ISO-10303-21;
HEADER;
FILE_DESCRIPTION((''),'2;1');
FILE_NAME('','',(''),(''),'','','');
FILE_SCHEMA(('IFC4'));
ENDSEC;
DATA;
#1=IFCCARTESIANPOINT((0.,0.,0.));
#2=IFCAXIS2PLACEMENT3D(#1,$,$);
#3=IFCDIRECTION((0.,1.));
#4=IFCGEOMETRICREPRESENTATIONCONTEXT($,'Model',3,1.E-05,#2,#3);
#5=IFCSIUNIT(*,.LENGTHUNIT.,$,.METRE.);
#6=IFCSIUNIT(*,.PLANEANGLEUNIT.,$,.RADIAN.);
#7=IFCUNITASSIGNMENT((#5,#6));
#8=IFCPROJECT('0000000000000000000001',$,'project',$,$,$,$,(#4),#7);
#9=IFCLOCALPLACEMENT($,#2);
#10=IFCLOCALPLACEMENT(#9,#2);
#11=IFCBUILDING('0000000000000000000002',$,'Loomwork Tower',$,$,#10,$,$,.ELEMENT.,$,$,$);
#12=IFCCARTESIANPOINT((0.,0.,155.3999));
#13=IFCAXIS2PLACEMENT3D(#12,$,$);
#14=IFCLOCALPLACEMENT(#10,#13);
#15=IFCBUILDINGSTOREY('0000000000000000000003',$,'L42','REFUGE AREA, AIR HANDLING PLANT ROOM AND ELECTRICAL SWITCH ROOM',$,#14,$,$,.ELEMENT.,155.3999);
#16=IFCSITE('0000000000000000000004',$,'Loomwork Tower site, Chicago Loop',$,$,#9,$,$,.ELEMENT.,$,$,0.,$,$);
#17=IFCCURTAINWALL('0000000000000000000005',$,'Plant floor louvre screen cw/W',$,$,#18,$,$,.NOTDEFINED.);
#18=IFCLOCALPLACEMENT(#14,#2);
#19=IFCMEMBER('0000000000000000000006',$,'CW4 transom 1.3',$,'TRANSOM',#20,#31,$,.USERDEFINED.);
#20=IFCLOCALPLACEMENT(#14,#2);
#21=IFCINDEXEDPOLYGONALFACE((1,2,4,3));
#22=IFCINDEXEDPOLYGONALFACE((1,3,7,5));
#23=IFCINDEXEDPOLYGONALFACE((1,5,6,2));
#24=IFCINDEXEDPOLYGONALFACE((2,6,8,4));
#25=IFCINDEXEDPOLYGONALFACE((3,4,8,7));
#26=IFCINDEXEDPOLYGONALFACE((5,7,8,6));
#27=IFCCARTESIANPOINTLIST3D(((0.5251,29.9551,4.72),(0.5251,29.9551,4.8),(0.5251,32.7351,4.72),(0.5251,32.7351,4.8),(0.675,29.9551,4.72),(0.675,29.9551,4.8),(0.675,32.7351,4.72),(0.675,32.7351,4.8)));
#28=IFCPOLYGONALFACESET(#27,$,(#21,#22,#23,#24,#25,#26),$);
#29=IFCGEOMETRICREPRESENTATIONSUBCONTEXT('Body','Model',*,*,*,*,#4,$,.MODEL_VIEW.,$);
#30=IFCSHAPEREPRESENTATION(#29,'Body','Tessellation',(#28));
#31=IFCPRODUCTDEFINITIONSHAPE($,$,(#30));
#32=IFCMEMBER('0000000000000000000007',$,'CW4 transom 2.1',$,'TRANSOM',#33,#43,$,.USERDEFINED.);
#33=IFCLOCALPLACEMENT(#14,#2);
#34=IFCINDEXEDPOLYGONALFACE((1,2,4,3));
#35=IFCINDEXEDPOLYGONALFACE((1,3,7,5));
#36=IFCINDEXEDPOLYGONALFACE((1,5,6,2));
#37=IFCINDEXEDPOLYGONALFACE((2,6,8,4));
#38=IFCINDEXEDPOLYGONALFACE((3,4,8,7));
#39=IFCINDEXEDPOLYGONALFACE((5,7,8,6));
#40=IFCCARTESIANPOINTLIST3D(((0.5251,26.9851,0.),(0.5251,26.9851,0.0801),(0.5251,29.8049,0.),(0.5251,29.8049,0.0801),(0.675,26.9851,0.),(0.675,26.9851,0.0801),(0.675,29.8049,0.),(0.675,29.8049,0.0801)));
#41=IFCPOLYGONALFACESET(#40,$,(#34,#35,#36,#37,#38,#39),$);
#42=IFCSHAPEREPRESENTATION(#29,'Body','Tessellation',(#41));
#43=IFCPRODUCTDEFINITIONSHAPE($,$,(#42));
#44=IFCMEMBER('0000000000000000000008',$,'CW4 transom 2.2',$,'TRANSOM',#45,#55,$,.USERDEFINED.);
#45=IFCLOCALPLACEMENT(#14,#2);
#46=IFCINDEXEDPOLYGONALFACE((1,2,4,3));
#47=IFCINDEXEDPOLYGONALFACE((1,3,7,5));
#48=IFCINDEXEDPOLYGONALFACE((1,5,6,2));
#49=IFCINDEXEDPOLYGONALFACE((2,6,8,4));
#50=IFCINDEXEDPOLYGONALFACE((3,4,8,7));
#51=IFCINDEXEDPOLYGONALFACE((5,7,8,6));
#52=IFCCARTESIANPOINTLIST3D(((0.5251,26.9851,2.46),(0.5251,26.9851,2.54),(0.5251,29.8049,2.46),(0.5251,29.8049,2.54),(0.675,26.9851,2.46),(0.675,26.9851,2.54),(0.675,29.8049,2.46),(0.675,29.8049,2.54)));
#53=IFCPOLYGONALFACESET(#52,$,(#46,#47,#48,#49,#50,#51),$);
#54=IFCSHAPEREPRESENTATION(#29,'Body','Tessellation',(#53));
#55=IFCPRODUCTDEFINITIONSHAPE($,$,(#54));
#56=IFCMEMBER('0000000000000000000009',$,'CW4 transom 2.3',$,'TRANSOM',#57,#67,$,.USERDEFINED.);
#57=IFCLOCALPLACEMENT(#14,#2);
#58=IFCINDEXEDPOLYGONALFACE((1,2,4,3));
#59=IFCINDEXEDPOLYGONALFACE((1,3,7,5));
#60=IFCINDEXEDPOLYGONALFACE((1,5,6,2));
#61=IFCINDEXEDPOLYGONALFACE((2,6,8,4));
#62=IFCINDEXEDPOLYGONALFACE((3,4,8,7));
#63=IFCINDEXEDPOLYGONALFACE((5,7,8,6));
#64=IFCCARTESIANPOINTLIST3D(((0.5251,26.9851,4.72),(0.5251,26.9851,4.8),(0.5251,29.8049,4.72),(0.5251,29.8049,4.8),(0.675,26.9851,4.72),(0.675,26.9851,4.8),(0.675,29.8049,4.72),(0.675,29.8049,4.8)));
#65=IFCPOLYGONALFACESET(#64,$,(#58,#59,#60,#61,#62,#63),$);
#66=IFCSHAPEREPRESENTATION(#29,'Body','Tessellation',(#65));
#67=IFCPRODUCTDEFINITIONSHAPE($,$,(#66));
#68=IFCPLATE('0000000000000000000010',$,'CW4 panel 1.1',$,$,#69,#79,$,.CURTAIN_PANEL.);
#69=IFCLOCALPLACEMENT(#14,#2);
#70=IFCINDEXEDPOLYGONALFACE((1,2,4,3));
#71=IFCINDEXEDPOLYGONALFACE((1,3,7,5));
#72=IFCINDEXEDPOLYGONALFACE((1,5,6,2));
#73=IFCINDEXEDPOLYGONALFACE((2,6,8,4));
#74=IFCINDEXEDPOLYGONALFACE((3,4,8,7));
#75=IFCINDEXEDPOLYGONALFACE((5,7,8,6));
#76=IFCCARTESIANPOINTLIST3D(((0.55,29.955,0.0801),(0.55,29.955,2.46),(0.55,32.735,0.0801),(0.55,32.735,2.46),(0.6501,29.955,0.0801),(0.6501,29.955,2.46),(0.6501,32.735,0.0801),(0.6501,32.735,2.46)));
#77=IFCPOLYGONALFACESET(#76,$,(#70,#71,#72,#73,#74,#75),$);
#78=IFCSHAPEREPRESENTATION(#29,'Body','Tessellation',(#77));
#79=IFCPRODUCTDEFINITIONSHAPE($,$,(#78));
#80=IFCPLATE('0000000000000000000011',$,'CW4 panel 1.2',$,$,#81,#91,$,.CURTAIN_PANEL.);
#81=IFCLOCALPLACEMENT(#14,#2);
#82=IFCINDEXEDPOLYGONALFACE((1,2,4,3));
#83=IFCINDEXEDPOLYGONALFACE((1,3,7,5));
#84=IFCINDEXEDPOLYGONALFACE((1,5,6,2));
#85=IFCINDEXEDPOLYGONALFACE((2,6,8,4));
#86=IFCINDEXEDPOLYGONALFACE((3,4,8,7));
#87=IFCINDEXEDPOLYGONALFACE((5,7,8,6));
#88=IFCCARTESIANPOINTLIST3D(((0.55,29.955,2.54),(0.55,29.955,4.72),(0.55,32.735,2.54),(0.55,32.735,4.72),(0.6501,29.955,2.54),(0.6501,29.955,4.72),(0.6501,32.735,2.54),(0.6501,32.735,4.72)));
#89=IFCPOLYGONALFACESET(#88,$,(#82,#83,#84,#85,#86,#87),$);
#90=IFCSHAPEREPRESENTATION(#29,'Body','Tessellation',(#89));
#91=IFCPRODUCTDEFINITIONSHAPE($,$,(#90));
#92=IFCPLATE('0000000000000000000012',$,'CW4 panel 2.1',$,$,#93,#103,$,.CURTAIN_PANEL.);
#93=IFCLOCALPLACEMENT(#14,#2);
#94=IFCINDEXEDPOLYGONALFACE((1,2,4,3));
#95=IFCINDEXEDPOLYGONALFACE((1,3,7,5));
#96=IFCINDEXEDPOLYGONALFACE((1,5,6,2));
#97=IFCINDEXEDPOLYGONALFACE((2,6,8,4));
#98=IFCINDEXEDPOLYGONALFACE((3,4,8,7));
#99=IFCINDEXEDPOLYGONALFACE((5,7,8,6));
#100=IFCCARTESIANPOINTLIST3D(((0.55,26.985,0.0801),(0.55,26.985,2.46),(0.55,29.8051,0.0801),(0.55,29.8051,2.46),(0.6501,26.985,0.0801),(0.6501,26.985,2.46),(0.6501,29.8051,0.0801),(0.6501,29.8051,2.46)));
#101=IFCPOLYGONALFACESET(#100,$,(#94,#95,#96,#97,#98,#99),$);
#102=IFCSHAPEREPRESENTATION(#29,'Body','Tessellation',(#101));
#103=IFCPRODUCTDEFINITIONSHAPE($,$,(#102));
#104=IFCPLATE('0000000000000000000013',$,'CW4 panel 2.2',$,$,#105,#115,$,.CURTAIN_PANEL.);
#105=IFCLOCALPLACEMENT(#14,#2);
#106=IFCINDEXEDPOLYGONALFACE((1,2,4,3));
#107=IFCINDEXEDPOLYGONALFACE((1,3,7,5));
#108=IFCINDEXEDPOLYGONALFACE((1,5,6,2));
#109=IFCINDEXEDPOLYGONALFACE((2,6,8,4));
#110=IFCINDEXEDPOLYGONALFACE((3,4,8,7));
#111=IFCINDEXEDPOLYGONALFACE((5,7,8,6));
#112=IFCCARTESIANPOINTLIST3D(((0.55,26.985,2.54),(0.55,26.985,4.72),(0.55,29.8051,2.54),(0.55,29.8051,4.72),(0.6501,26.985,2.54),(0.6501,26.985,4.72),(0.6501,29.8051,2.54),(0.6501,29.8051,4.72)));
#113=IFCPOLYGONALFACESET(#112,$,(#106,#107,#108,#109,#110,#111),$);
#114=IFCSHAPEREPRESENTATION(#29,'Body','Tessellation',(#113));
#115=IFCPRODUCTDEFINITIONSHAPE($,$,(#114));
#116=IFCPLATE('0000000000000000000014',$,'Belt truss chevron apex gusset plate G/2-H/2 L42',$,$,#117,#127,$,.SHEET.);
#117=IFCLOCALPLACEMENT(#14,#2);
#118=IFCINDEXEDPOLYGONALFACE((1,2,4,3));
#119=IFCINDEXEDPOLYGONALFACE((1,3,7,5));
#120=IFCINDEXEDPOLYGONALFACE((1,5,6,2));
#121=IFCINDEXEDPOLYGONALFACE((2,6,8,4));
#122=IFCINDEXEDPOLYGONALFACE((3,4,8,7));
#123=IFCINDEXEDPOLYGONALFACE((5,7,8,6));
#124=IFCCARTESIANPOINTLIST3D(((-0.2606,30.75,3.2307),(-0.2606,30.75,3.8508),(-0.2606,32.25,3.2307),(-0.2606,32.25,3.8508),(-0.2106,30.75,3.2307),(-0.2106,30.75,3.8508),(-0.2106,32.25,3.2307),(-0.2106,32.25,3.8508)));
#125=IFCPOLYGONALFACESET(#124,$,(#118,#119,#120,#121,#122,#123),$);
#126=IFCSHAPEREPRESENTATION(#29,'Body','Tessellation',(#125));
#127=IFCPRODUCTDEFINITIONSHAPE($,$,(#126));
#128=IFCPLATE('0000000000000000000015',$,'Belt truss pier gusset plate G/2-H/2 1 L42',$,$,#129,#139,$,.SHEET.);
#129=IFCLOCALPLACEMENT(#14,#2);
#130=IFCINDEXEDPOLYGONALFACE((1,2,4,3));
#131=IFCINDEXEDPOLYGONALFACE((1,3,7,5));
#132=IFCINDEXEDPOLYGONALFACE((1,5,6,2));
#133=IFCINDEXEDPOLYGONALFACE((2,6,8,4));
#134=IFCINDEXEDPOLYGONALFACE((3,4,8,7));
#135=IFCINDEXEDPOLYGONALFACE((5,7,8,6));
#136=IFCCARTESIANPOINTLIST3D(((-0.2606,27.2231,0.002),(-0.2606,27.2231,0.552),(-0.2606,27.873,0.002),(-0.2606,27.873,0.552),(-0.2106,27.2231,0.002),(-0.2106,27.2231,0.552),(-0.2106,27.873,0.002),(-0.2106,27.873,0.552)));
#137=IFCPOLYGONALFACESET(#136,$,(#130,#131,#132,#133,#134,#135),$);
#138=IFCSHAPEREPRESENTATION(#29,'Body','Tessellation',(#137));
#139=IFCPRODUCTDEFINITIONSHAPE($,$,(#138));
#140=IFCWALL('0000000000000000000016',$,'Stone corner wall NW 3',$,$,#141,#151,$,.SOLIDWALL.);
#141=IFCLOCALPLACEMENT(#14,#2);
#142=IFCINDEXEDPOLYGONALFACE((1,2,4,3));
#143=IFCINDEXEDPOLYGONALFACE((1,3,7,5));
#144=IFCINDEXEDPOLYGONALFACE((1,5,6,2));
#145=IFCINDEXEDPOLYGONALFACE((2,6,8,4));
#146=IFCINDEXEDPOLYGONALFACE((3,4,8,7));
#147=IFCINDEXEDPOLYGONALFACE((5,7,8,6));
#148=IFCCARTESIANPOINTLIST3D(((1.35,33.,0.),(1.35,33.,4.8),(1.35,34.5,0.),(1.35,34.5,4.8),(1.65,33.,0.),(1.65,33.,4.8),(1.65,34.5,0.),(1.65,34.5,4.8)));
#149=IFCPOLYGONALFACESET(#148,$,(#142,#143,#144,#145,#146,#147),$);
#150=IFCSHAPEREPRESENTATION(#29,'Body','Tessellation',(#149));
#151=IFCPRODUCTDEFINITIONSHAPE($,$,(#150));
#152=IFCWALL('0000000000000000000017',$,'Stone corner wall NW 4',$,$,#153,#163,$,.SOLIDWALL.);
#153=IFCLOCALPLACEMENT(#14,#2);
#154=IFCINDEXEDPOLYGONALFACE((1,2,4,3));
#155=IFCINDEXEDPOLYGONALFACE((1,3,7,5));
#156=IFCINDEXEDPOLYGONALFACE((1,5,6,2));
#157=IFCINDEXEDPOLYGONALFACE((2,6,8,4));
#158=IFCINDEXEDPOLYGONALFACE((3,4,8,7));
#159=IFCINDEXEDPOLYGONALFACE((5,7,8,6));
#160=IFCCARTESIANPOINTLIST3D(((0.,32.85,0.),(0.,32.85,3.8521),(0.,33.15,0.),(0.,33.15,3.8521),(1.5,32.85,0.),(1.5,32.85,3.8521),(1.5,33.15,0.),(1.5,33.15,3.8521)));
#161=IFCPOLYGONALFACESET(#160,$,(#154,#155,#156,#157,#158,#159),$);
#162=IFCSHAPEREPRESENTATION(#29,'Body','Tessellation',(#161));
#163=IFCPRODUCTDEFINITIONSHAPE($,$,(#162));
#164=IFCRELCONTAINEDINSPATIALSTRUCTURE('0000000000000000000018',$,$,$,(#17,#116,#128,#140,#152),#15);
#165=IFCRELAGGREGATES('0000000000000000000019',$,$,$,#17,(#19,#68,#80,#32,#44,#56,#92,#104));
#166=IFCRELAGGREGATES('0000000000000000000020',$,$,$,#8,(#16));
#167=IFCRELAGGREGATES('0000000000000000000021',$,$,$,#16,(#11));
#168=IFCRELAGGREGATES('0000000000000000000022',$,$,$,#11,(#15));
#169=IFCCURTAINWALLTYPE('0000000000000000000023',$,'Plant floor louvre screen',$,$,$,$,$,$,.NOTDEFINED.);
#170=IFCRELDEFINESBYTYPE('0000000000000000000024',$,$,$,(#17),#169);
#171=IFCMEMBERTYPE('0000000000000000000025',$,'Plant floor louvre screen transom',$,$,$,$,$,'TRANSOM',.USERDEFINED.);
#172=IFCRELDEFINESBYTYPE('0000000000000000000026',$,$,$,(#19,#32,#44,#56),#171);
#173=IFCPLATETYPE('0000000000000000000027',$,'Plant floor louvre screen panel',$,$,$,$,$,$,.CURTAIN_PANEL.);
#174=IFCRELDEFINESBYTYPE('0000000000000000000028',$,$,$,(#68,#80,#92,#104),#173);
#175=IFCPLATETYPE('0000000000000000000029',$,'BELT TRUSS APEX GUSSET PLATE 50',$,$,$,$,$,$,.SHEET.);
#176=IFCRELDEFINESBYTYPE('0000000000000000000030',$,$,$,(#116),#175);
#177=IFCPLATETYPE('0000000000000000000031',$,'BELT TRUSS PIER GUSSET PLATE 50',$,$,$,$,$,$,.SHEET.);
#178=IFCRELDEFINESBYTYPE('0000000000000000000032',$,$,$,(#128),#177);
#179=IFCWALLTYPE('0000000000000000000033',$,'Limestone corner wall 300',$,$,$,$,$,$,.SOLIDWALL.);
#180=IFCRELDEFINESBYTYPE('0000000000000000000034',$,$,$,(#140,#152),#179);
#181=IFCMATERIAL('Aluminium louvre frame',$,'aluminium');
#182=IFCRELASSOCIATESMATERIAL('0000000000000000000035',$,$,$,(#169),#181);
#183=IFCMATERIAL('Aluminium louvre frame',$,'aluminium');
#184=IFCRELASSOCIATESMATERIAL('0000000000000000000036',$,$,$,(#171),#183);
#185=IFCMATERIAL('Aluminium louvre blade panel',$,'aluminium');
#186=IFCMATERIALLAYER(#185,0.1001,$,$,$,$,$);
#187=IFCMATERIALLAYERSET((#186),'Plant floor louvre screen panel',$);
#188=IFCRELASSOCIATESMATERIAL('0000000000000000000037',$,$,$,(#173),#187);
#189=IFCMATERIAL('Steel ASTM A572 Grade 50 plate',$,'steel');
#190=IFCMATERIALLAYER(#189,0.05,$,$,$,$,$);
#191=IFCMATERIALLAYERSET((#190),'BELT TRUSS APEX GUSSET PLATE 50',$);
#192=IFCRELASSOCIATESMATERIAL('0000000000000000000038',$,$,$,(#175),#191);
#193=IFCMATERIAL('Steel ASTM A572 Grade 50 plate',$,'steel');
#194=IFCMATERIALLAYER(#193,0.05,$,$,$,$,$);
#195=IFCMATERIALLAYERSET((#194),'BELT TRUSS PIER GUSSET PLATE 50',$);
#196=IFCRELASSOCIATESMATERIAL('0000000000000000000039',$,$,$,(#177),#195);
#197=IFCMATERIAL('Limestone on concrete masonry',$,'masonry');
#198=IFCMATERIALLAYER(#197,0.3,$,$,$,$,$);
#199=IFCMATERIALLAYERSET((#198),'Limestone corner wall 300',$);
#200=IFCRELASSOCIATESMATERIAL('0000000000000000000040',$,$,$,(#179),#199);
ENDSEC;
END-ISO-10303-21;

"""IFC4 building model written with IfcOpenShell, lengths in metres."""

from ifc_helpers import new_model, si_unit, direction, frame, frame_2d, origin, origin_2d, place, context, subcontext, project, spatial, rectangle, extrude, material, layer, layer_set, material_profile, profile_set, type_object, element, aggregate, save


model = new_model("IFC4")

# Units and contexts
model_context = context("Model", 3, precision=1e-05, world=origin(), true_north=direction((0.0, 1.0)))
body_context = subcontext(model_context, "Body", "Model", "MODEL_VIEW")
ifc_project = project(units=[si_unit("LENGTHUNIT", "METRE"), si_unit("PLANEANGLEUNIT", "RADIAN")], contexts=[model_context])

# Site, building, storey
site_placement = place(None, origin())
site = spatial("IfcSite", under=ifc_project, at=site_placement, Name="Loomwork Tower site, Chicago Loop", CompositionType="ELEMENT", RefElevation=0.0)
building_placement = place(site_placement, origin())
building = spatial("IfcBuilding", under=site, at=building_placement, Name="Loomwork Tower", CompositionType="ELEMENT")
storey_placement = place(building_placement, frame((0.0, 0.0, 155.3999)))
storey = spatial("IfcBuildingStorey", under=building, at=storey_placement, Name="L42", Description="REFUGE AREA, AIR HANDLING PLANT ROOM AND ELECTRICAL SWITCH ROOM", CompositionType="ELEMENT", Elevation=155.3999)

# Curtain wall, members, plates
ifc_material_1 = material(Name="Aluminium louvre frame", Category="aluminium")
curtain_wall_type = type_object("IfcCurtainWallType", Name="Plant floor louvre screen", PredefinedType="NOTDEFINED", material=ifc_material_1)
curtain_wall_placement = place(storey_placement, origin())
curtain_wall = element("IfcCurtainWall", 1, at=curtain_wall_placement, inside=storey, type_object=curtain_wall_type, Name="Plant floor louvre screen cw/W", PredefinedType="NOTDEFINED")
ifc_material_2 = material(Name="Aluminium louvre frame", Category="aluminium")
ifc_material_profile_1 = material_profile(ifc_material_2, rectangle(XDim=0.1499, YDim=0.0801, at=origin_2d()), Name="AL 80x150")
ifc_profile_set_1 = profile_set([ifc_material_profile_1], Name="Aluminium louvre frame")
member_type_1 = type_object("IfcMemberType", Name="Plant floor louvre screen transom", ElementType="TRANSOM", PredefinedType="USERDEFINED", material=ifc_profile_set_1)
member_1_placement = place(storey_placement, frame((0.6001, 32.7351, 4.76), z_axis=(0.0, -1.0, 0.0), x_axis=(1.0, 0.0, 0.0)))
member_1 = element("IfcMember", 2, at=member_1_placement, type_object=member_type_1, Name="CW4 transom 1.3", ObjectType="TRANSOM", PredefinedType="USERDEFINED", context=body_context, shape_type="SweptSolid", body=[
    extrude(rectangle(XDim=0.1499, YDim=0.0801, at=origin_2d()), origin(), (0.0, 0.0, 1.0), 2.78),
])
member_2_placement = place(storey_placement, frame((0.6001, 29.8049, 0.04), z_axis=(0.0, -1.0, 0.0), x_axis=(1.0, 0.0, 0.0)))
member_2 = element("IfcMember", 3, at=member_2_placement, type_object=member_type_1, Name="CW4 transom 2.1", ObjectType="TRANSOM", PredefinedType="USERDEFINED", context=body_context, shape_type="SweptSolid", body=[
    extrude(rectangle(XDim=0.1499, YDim=0.0801, at=origin_2d()), origin(), (0.0, 0.0, 1.0), 2.8198),
])
member_3_placement = place(storey_placement, frame((0.6001, 29.8049, 2.5), z_axis=(0.0, -1.0, 0.0), x_axis=(1.0, 0.0, 0.0)))
member_3 = element("IfcMember", 4, at=member_3_placement, type_object=member_type_1, Name="CW4 transom 2.2", ObjectType="TRANSOM", PredefinedType="USERDEFINED", context=body_context, shape_type="SweptSolid", body=[
    extrude(rectangle(XDim=0.1499, YDim=0.0801, at=origin_2d()), origin(), (0.0, 0.0, 1.0), 2.8198),
])
member_4_placement = place(storey_placement, frame((0.6001, 29.8049, 4.76), z_axis=(0.0, -1.0, 0.0), x_axis=(1.0, 0.0, 0.0)))
member_4 = element("IfcMember", 5, at=member_4_placement, type_object=member_type_1, Name="CW4 transom 2.3", ObjectType="TRANSOM", PredefinedType="USERDEFINED", context=body_context, shape_type="SweptSolid", body=[
    extrude(rectangle(XDim=0.1499, YDim=0.0801, at=origin_2d()), origin(), (0.0, 0.0, 1.0), 2.8198),
])
ifc_material_3 = material(Name="Aluminium louvre blade panel", Category="aluminium")
ifc_layer_1 = layer(ifc_material_3, 0.1001)
ifc_layer_set_1 = layer_set([ifc_layer_1], Name="Plant floor louvre screen panel")
plate_type_1 = type_object("IfcPlateType", Name="Plant floor louvre screen panel", PredefinedType="CURTAIN_PANEL", material=ifc_layer_set_1)
plate_1_placement = place(storey_placement, frame((0.6001, 31.345, 0.0801), z_axis=(0.0, 0.0, 1.0), x_axis=(0.0, -1.0, 0.0)))
plate_1 = element("IfcPlate", 6, at=plate_1_placement, type_object=plate_type_1, Name="CW4 panel 1.1", PredefinedType="CURTAIN_PANEL", context=body_context, shape_type="SweptSolid", body=[
    extrude(rectangle(XDim=2.78, YDim=0.1001, at=origin_2d()), origin(), (0.0, 0.0, 1.0), 2.3799),
])
plate_2_placement = place(storey_placement, frame((0.6001, 31.345, 2.54), z_axis=(0.0, 0.0, 1.0), x_axis=(0.0, -1.0, 0.0)))
plate_2 = element("IfcPlate", 7, at=plate_2_placement, type_object=plate_type_1, Name="CW4 panel 1.2", PredefinedType="CURTAIN_PANEL", context=body_context, shape_type="SweptSolid", body=[
    extrude(rectangle(XDim=2.78, YDim=0.1001, at=origin_2d()), origin(), (0.0, 0.0, 1.0), 2.1799),
])
plate_3_placement = place(storey_placement, frame((0.6001, 28.395, 0.0801), z_axis=(0.0, 0.0, 1.0), x_axis=(0.0, -1.0, 0.0)))
plate_3 = element("IfcPlate", 8, at=plate_3_placement, type_object=plate_type_1, Name="CW4 panel 2.1", PredefinedType="CURTAIN_PANEL", context=body_context, shape_type="SweptSolid", body=[
    extrude(rectangle(XDim=2.8201, YDim=0.1001, at=origin_2d()), origin(), (0.0, 0.0, 1.0), 2.3799),
])
plate_4_placement = place(storey_placement, frame((0.6001, 28.395, 2.54), z_axis=(0.0, 0.0, 1.0), x_axis=(0.0, -1.0, 0.0)))
plate_4 = element("IfcPlate", 9, at=plate_4_placement, type_object=plate_type_1, Name="CW4 panel 2.2", PredefinedType="CURTAIN_PANEL", context=body_context, shape_type="SweptSolid", body=[
    extrude(rectangle(XDim=2.8201, YDim=0.1001, at=origin_2d()), origin(), (0.0, 0.0, 1.0), 2.1799),
])
aggregate(curtain_wall, [member_1, plate_1, plate_2, member_2, member_3, member_4, plate_3, plate_4])

# Plates
ifc_material_4 = material(Name="Steel ASTM A572 Grade 50 plate", Category="steel")
ifc_layer_2 = layer(ifc_material_4, 0.05)
ifc_layer_set_2 = layer_set([ifc_layer_2], Name="BELT TRUSS APEX GUSSET PLATE 50")
plate_type_2 = type_object("IfcPlateType", Name="BELT TRUSS APEX GUSSET PLATE 50", PredefinedType="SHEET", material=ifc_layer_set_2)
plate_5_placement = place(storey_placement, frame((-0.2356, 31.5, 3.2307), z_axis=(0.0, 0.0, 1.0), x_axis=(0.0, 1.0, 0.0)))
element("IfcPlate", 10, at=plate_5_placement, inside=storey, type_object=plate_type_2, Name="Belt truss chevron apex gusset plate G/2-H/2 L42", PredefinedType="SHEET", context=body_context, shape_type="SweptSolid", body=[
    extrude(rectangle(XDim=1.5, YDim=0.05, at=origin_2d()), origin(), (0.0, 0.0, 1.0), 0.6201),
])
ifc_material_5 = material(Name="Steel ASTM A572 Grade 50 plate", Category="steel")
ifc_layer_3 = layer(ifc_material_5, 0.05)
ifc_layer_set_3 = layer_set([ifc_layer_3], Name="BELT TRUSS PIER GUSSET PLATE 50")
plate_type_3 = type_object("IfcPlateType", Name="BELT TRUSS PIER GUSSET PLATE 50", PredefinedType="SHEET", material=ifc_layer_set_3)
plate_6_placement = place(storey_placement, frame((-0.2356, 27.5481, 0.002), z_axis=(0.0, 0.0, 1.0), x_axis=(0.0, 1.0, 0.0)))
element("IfcPlate", 11, at=plate_6_placement, inside=storey, type_object=plate_type_3, Name="Belt truss pier gusset plate G/2-H/2 1 L42", PredefinedType="SHEET", context=body_context, shape_type="SweptSolid", body=[
    extrude(rectangle(XDim=0.6499, YDim=0.05, at=origin_2d()), origin(), (0.0, 0.0, 1.0), 0.55),
])

# Walls
ifc_material_6 = material(Name="Limestone on concrete masonry", Category="masonry")
ifc_layer_4 = layer(ifc_material_6, 0.3)
ifc_layer_set_4 = layer_set([ifc_layer_4], Name="Limestone corner wall 300")
wall_type = type_object("IfcWallType", Name="Limestone corner wall 300", PredefinedType="SOLIDWALL", material=ifc_layer_set_4)
wall_1_placement = place(storey_placement, frame((1.5, 34.5, 0.0), z_axis=(0.0, 0.0, 1.0), x_axis=(0.0, -1.0, 0.0)))
element("IfcWall", 12, at=wall_1_placement, inside=storey, type_object=wall_type, Name="Stone corner wall NW 3", PredefinedType="SOLIDWALL", context=body_context, shape_type="SweptSolid", body=[
    extrude(rectangle(XDim=1.5, YDim=0.3, at=frame_2d((0.75, 0.0))), origin(), (0.0, 0.0, 1.0), 4.8),
])
wall_2_placement = place(storey_placement, frame((1.5, 33.0, 0.0), z_axis=(0.0, 0.0, 1.0), x_axis=(-1.0, 0.0, 0.0)))
element("IfcWall", 13, at=wall_2_placement, inside=storey, type_object=wall_type, Name="Stone corner wall NW 4", PredefinedType="SOLIDWALL", context=body_context, shape_type="SweptSolid", body=[
    extrude(rectangle(XDim=1.5, YDim=0.3, at=frame_2d((0.75, 0.0))), origin(), (0.0, 0.0, 1.0), 3.8521),
])

save(model, "model.ifc")
